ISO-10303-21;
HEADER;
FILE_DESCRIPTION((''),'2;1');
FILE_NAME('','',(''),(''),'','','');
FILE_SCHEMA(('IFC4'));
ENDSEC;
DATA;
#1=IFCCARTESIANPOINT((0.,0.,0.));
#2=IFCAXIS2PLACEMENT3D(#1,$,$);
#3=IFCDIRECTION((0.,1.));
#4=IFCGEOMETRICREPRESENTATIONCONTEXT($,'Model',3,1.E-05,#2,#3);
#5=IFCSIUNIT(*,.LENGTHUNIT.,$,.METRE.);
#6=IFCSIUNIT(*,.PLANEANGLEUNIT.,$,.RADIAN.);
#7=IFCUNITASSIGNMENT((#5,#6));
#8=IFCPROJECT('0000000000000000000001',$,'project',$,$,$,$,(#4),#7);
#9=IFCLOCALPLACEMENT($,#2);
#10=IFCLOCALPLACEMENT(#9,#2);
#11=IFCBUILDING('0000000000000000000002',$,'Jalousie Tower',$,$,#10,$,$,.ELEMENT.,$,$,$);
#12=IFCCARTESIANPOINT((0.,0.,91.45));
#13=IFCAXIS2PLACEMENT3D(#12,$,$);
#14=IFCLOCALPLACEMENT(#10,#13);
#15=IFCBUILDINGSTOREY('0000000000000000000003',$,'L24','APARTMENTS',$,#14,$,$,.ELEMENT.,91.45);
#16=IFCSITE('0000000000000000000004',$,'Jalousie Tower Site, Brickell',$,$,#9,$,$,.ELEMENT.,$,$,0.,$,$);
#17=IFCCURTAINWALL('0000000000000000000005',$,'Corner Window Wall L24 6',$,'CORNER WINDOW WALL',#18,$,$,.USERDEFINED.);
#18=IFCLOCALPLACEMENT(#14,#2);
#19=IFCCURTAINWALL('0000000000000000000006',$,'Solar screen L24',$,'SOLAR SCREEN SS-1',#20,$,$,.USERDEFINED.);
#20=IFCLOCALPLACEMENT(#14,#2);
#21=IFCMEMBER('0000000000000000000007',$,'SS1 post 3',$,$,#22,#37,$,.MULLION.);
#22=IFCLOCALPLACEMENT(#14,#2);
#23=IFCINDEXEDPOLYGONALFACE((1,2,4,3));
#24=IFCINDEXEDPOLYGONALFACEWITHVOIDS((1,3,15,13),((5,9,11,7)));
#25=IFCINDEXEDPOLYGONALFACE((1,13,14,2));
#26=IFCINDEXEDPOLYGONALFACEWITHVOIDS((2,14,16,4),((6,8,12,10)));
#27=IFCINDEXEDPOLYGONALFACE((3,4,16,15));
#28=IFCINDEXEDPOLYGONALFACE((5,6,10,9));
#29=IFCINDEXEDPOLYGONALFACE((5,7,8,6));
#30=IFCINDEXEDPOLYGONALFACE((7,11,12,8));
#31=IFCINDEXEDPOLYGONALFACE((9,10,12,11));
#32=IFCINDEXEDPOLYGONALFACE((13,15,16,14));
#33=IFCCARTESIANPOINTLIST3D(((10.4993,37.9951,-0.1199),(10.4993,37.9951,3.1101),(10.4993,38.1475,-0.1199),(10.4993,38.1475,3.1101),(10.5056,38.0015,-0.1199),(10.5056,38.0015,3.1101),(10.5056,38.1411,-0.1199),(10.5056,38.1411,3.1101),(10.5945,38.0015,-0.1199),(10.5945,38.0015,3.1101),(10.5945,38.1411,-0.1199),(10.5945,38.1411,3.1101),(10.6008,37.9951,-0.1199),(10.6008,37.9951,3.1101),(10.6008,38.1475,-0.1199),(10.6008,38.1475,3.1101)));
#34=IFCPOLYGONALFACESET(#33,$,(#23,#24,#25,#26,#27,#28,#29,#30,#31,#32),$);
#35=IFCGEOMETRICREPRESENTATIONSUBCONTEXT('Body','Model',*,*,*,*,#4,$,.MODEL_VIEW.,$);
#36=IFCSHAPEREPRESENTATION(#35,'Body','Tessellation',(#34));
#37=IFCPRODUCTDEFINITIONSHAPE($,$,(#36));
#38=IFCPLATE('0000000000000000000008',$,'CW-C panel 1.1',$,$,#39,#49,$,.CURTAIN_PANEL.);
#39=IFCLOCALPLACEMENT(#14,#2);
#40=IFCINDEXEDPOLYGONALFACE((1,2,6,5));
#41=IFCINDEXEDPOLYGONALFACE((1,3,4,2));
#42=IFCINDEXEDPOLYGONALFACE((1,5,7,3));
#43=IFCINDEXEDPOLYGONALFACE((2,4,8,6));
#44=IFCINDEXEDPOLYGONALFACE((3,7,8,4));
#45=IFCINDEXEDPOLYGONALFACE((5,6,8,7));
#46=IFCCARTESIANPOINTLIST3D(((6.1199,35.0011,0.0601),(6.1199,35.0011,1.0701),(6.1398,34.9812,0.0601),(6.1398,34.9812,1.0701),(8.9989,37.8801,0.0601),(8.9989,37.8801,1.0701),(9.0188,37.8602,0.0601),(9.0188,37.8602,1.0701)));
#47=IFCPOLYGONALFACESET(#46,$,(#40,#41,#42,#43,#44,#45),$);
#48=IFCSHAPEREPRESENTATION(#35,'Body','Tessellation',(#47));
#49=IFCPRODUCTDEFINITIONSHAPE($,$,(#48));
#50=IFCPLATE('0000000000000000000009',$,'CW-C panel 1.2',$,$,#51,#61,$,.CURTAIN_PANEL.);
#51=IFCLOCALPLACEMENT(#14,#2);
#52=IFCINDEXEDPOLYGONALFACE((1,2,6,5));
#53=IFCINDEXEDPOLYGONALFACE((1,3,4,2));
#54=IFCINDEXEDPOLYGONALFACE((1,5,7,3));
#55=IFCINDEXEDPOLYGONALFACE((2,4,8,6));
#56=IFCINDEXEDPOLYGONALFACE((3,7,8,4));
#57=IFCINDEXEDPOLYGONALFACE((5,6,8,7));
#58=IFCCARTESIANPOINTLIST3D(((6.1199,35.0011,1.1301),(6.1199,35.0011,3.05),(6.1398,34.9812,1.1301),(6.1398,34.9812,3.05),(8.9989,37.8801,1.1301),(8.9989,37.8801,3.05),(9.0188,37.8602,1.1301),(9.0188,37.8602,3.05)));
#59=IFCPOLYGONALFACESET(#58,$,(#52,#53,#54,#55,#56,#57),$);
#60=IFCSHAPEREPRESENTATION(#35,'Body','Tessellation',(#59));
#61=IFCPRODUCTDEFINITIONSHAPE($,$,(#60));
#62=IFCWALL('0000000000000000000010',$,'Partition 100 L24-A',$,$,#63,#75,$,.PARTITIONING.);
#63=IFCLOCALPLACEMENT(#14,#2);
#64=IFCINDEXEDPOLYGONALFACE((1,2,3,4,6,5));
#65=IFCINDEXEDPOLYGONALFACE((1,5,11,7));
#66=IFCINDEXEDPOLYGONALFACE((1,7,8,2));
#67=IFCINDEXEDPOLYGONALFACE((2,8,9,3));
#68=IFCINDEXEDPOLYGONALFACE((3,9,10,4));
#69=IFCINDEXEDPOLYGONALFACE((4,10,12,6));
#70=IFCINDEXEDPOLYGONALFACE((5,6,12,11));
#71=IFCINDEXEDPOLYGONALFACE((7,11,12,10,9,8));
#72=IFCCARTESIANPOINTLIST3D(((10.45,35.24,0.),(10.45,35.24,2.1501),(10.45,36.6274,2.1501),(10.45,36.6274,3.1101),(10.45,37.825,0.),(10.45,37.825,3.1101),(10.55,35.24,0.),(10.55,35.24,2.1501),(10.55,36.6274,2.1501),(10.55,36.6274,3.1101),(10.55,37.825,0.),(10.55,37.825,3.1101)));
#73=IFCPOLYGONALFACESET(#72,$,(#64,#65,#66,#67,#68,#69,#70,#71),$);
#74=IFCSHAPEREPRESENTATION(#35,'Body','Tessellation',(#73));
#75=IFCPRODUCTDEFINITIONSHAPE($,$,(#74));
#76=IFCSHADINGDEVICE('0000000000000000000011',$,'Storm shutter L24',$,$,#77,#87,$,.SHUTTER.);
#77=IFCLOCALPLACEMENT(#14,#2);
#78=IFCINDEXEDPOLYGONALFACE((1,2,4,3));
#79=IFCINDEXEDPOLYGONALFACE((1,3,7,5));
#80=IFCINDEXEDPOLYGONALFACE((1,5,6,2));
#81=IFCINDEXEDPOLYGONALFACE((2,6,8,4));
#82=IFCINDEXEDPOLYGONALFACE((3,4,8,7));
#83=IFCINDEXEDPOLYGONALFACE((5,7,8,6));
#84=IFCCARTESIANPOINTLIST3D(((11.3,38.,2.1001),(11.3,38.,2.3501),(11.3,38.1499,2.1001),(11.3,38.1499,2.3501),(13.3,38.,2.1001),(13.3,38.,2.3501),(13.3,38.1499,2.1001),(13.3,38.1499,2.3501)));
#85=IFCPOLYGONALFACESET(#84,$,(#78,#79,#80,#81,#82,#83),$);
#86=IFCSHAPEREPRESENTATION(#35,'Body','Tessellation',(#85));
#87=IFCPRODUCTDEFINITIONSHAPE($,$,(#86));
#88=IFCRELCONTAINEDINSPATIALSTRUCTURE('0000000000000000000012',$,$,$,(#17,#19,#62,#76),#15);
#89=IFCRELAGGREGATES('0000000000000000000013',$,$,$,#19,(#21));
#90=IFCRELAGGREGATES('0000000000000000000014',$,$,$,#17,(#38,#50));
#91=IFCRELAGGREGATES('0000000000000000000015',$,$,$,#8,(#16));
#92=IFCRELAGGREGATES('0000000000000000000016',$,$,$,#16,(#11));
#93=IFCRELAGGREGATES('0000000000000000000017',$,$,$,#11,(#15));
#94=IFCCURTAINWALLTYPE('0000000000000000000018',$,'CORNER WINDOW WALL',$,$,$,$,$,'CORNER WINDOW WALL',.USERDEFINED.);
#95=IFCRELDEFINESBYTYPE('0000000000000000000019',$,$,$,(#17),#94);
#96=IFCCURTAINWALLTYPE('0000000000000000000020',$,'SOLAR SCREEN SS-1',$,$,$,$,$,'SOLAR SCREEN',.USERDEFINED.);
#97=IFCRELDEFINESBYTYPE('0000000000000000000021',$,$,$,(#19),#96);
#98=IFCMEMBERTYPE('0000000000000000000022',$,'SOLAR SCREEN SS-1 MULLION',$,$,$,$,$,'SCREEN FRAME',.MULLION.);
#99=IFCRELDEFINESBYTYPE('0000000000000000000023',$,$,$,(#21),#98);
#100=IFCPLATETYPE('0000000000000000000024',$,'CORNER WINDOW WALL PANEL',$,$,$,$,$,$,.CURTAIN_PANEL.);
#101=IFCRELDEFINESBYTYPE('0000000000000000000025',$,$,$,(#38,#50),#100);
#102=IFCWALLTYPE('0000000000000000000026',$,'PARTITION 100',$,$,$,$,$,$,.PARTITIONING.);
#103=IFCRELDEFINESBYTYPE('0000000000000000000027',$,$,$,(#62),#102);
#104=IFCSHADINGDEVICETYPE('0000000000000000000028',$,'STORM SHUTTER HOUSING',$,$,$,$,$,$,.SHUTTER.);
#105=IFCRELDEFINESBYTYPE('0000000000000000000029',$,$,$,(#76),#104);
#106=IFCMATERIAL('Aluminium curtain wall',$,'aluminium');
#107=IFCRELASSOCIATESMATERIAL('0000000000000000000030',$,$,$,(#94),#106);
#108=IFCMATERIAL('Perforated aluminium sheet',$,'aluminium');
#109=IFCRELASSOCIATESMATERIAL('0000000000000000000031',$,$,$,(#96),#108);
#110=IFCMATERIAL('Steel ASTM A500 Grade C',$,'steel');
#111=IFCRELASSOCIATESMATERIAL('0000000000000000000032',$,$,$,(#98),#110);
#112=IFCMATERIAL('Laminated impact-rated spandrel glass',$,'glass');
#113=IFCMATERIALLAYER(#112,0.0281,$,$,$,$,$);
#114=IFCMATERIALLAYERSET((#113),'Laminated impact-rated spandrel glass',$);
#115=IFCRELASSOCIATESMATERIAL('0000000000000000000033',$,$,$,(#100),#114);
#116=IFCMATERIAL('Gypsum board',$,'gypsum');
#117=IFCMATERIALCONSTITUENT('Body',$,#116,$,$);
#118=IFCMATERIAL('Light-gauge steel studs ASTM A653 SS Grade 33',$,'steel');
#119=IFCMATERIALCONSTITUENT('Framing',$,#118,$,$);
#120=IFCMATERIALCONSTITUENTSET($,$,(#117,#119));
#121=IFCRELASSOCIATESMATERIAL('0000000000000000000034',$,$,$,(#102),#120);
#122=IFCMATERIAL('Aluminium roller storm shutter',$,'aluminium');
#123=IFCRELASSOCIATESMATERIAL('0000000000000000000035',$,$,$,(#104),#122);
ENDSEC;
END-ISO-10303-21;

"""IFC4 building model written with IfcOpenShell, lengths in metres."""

from ifc_helpers import new_model, si_unit, direction, frame, origin, origin_2d, place, context, subcontext, project, spatial, polyline, rectangle, hollow_rectangle, outline, extrude, material, layer, layer_set, constituent, constituent_set, material_profile, profile_set, type_object, element, aggregate, save


model = new_model("IFC4")

# Units and contexts
model_context = context("Model", 3, precision=1e-05, world=origin(), true_north=direction((0.0, 1.0)))
body_context = subcontext(model_context, "Body", "Model", "MODEL_VIEW")
ifc_project = project(units=[si_unit("LENGTHUNIT", "METRE"), si_unit("PLANEANGLEUNIT", "RADIAN")], contexts=[model_context])

# Site, building, storey
site_placement = place(None, origin())
site = spatial("IfcSite", under=ifc_project, at=site_placement, Name="Jalousie Tower Site, Brickell", CompositionType="ELEMENT", RefElevation=0.0)
building_placement = place(site_placement, origin())
building = spatial("IfcBuilding", under=site, at=building_placement, Name="Jalousie Tower", CompositionType="ELEMENT")
storey_placement = place(building_placement, frame((0.0, 0.0, 91.45)))
storey = spatial("IfcBuildingStorey", under=building, at=storey_placement, Name="L24", Description="APARTMENTS", CompositionType="ELEMENT", Elevation=91.45)

# Curtain wall
ifc_material_1 = material(Name="Aluminium curtain wall", Category="aluminium")
curtain_wall_type_1 = type_object("IfcCurtainWallType", Name="CORNER WINDOW WALL", ElementType="CORNER WINDOW WALL", PredefinedType="USERDEFINED", material=ifc_material_1)
curtain_wall_1_placement = place(storey_placement, origin())
curtain_wall_1 = element("IfcCurtainWall", 1, at=curtain_wall_1_placement, inside=storey, type_object=curtain_wall_type_1, Name="Corner Window Wall L24 6", ObjectType="CORNER WINDOW WALL", PredefinedType="USERDEFINED")

# Curtain wall, member
ifc_material_2 = material(Name="Perforated aluminium sheet", Category="aluminium")
curtain_wall_type_2 = type_object("IfcCurtainWallType", Name="SOLAR SCREEN SS-1", ElementType="SOLAR SCREEN", PredefinedType="USERDEFINED", material=ifc_material_2)
curtain_wall_2_placement = place(storey_placement, origin())
curtain_wall_2 = element("IfcCurtainWall", 2, at=curtain_wall_2_placement, inside=storey, type_object=curtain_wall_type_2, Name="Solar screen L24", ObjectType="SOLAR SCREEN SS-1", PredefinedType="USERDEFINED")
ifc_material_3 = material(Name="Steel ASTM A500 Grade C", Category="steel")
ifc_material_profile_1 = material_profile(ifc_material_3, hollow_rectangle(XDim=0.1016, YDim=0.1523, WallThickness=0.0063, at=origin_2d()), Name="HSS6X4X1/4")
ifc_profile_set_1 = profile_set([ifc_material_profile_1], Name="Steel ASTM A500 Grade C")
member_type_1 = type_object("IfcMemberType", Name="SOLAR SCREEN SS-1 MULLION", ElementType="SCREEN FRAME", PredefinedType="MULLION", material=ifc_profile_set_1)
member_1_placement = place(storey_placement, frame((10.55, 38.0713, -0.1199), z_axis=(0.0, 0.0, 1.0), x_axis=(-1.0, 0.0, 0.0)))
member_1 = element("IfcMember", 3, at=member_1_placement, type_object=member_type_1, Name="SS1 post 3", PredefinedType="MULLION", context=body_context, shape_type="SweptSolid", body=[
    extrude(hollow_rectangle(XDim=0.1016, YDim=0.1523, WallThickness=0.0063, at=origin_2d()), origin(), (0.0, 0.0, 1.0), 3.23),
])
aggregate(curtain_wall_2, [member_1])

# Plates
ifc_material_4 = material(Name="Laminated impact-rated spandrel glass", Category="glass")
ifc_layer = layer(ifc_material_4, 0.0281)
ifc_layer_set = layer_set([ifc_layer], Name="Laminated impact-rated spandrel glass")
plate_type = type_object("IfcPlateType", Name="CORNER WINDOW WALL PANEL", PredefinedType="CURTAIN_PANEL", material=ifc_layer_set)
plate_1_placement = place(storey_placement, frame((7.5693, 36.4307, 0.0601), z_axis=(0.0, 0.0, 1.0), x_axis=(-0.707107, -0.707107, 0.0)))
plate_1 = element("IfcPlate", 4, at=plate_1_placement, type_object=plate_type, Name="CW-C panel 1.1", PredefinedType="CURTAIN_PANEL", context=body_context, shape_type="SweptSolid", body=[
    extrude(rectangle(XDim=4.0715, YDim=0.0281, at=origin_2d()), origin(), (0.0, 0.0, 1.0), 1.01),
])
plate_2_placement = place(storey_placement, frame((7.5693, 36.4307, 1.1301), z_axis=(0.0, 0.0, 1.0), x_axis=(-0.707107, -0.707107, 0.0)))
plate_2 = element("IfcPlate", 5, at=plate_2_placement, type_object=plate_type, Name="CW-C panel 1.2", PredefinedType="CURTAIN_PANEL", context=body_context, shape_type="SweptSolid", body=[
    extrude(rectangle(XDim=4.0715, YDim=0.0281, at=origin_2d()), origin(), (0.0, 0.0, 1.0), 1.9199),
])
aggregate(curtain_wall_1, [plate_1, plate_2])

# Wall
ifc_material_5 = material(Name="Gypsum board", Category="gypsum")
ifc_constituent_1 = constituent(ifc_material_5, Name="Body")
ifc_material_6 = material(Name="Light-gauge steel studs ASTM A653 SS Grade 33", Category="steel")
ifc_constituent_2 = constituent(ifc_material_6, Name="Framing")
ifc_constituent_set = constituent_set(constituents=[ifc_constituent_1, ifc_constituent_2])
wall_type = type_object("IfcWallType", Name="PARTITION 100", PredefinedType="PARTITIONING", material=ifc_constituent_set)
wall_placement = place(storey_placement, frame((10.5, 37.825, 0.0), z_axis=(0.0, 0.0, 1.0), x_axis=(0.0, -1.0, 0.0)))
element("IfcWall", 6, at=wall_placement, inside=storey, type_object=wall_type, Name="Partition 100 L24-A", PredefinedType="PARTITIONING", context=body_context, shape_type="SweptSolid", body=[
    extrude(outline(polyline([(0.0, 0.0), (2.585, 0.0), (2.585, 2.1501), (1.1975, 2.1501), (1.1975, 3.1101), (0.0, 3.1101), (0.0, 0.0)])), frame((0.0, 0.05, 0.0), z_axis=(0.0, -1.0, 0.0), x_axis=(1.0, 0.0, 0.0)), (0.0, 0.0, 1.0), 0.1001),
])

# Shading device
ifc_material_7 = material(Name="Aluminium roller storm shutter", Category="aluminium")
shading_device_type = type_object("IfcShadingDeviceType", Name="STORM SHUTTER HOUSING", PredefinedType="SHUTTER", material=ifc_material_7)
shading_device_placement = place(storey_placement, frame((12.3, 38.075, 2.1001), z_axis=(0.0, 0.0, 1.0), x_axis=(-1.0, 0.0, 0.0)))
element("IfcShadingDevice", 7, at=shading_device_placement, inside=storey, type_object=shading_device_type, Name="Storm shutter L24", PredefinedType="SHUTTER", context=body_context, shape_type="SweptSolid", body=[
    extrude(rectangle(XDim=2.0, YDim=0.1499, at=origin_2d()), origin(), (0.0, 0.0, 1.0), 0.25),
])

save(model, "model.ifc")
